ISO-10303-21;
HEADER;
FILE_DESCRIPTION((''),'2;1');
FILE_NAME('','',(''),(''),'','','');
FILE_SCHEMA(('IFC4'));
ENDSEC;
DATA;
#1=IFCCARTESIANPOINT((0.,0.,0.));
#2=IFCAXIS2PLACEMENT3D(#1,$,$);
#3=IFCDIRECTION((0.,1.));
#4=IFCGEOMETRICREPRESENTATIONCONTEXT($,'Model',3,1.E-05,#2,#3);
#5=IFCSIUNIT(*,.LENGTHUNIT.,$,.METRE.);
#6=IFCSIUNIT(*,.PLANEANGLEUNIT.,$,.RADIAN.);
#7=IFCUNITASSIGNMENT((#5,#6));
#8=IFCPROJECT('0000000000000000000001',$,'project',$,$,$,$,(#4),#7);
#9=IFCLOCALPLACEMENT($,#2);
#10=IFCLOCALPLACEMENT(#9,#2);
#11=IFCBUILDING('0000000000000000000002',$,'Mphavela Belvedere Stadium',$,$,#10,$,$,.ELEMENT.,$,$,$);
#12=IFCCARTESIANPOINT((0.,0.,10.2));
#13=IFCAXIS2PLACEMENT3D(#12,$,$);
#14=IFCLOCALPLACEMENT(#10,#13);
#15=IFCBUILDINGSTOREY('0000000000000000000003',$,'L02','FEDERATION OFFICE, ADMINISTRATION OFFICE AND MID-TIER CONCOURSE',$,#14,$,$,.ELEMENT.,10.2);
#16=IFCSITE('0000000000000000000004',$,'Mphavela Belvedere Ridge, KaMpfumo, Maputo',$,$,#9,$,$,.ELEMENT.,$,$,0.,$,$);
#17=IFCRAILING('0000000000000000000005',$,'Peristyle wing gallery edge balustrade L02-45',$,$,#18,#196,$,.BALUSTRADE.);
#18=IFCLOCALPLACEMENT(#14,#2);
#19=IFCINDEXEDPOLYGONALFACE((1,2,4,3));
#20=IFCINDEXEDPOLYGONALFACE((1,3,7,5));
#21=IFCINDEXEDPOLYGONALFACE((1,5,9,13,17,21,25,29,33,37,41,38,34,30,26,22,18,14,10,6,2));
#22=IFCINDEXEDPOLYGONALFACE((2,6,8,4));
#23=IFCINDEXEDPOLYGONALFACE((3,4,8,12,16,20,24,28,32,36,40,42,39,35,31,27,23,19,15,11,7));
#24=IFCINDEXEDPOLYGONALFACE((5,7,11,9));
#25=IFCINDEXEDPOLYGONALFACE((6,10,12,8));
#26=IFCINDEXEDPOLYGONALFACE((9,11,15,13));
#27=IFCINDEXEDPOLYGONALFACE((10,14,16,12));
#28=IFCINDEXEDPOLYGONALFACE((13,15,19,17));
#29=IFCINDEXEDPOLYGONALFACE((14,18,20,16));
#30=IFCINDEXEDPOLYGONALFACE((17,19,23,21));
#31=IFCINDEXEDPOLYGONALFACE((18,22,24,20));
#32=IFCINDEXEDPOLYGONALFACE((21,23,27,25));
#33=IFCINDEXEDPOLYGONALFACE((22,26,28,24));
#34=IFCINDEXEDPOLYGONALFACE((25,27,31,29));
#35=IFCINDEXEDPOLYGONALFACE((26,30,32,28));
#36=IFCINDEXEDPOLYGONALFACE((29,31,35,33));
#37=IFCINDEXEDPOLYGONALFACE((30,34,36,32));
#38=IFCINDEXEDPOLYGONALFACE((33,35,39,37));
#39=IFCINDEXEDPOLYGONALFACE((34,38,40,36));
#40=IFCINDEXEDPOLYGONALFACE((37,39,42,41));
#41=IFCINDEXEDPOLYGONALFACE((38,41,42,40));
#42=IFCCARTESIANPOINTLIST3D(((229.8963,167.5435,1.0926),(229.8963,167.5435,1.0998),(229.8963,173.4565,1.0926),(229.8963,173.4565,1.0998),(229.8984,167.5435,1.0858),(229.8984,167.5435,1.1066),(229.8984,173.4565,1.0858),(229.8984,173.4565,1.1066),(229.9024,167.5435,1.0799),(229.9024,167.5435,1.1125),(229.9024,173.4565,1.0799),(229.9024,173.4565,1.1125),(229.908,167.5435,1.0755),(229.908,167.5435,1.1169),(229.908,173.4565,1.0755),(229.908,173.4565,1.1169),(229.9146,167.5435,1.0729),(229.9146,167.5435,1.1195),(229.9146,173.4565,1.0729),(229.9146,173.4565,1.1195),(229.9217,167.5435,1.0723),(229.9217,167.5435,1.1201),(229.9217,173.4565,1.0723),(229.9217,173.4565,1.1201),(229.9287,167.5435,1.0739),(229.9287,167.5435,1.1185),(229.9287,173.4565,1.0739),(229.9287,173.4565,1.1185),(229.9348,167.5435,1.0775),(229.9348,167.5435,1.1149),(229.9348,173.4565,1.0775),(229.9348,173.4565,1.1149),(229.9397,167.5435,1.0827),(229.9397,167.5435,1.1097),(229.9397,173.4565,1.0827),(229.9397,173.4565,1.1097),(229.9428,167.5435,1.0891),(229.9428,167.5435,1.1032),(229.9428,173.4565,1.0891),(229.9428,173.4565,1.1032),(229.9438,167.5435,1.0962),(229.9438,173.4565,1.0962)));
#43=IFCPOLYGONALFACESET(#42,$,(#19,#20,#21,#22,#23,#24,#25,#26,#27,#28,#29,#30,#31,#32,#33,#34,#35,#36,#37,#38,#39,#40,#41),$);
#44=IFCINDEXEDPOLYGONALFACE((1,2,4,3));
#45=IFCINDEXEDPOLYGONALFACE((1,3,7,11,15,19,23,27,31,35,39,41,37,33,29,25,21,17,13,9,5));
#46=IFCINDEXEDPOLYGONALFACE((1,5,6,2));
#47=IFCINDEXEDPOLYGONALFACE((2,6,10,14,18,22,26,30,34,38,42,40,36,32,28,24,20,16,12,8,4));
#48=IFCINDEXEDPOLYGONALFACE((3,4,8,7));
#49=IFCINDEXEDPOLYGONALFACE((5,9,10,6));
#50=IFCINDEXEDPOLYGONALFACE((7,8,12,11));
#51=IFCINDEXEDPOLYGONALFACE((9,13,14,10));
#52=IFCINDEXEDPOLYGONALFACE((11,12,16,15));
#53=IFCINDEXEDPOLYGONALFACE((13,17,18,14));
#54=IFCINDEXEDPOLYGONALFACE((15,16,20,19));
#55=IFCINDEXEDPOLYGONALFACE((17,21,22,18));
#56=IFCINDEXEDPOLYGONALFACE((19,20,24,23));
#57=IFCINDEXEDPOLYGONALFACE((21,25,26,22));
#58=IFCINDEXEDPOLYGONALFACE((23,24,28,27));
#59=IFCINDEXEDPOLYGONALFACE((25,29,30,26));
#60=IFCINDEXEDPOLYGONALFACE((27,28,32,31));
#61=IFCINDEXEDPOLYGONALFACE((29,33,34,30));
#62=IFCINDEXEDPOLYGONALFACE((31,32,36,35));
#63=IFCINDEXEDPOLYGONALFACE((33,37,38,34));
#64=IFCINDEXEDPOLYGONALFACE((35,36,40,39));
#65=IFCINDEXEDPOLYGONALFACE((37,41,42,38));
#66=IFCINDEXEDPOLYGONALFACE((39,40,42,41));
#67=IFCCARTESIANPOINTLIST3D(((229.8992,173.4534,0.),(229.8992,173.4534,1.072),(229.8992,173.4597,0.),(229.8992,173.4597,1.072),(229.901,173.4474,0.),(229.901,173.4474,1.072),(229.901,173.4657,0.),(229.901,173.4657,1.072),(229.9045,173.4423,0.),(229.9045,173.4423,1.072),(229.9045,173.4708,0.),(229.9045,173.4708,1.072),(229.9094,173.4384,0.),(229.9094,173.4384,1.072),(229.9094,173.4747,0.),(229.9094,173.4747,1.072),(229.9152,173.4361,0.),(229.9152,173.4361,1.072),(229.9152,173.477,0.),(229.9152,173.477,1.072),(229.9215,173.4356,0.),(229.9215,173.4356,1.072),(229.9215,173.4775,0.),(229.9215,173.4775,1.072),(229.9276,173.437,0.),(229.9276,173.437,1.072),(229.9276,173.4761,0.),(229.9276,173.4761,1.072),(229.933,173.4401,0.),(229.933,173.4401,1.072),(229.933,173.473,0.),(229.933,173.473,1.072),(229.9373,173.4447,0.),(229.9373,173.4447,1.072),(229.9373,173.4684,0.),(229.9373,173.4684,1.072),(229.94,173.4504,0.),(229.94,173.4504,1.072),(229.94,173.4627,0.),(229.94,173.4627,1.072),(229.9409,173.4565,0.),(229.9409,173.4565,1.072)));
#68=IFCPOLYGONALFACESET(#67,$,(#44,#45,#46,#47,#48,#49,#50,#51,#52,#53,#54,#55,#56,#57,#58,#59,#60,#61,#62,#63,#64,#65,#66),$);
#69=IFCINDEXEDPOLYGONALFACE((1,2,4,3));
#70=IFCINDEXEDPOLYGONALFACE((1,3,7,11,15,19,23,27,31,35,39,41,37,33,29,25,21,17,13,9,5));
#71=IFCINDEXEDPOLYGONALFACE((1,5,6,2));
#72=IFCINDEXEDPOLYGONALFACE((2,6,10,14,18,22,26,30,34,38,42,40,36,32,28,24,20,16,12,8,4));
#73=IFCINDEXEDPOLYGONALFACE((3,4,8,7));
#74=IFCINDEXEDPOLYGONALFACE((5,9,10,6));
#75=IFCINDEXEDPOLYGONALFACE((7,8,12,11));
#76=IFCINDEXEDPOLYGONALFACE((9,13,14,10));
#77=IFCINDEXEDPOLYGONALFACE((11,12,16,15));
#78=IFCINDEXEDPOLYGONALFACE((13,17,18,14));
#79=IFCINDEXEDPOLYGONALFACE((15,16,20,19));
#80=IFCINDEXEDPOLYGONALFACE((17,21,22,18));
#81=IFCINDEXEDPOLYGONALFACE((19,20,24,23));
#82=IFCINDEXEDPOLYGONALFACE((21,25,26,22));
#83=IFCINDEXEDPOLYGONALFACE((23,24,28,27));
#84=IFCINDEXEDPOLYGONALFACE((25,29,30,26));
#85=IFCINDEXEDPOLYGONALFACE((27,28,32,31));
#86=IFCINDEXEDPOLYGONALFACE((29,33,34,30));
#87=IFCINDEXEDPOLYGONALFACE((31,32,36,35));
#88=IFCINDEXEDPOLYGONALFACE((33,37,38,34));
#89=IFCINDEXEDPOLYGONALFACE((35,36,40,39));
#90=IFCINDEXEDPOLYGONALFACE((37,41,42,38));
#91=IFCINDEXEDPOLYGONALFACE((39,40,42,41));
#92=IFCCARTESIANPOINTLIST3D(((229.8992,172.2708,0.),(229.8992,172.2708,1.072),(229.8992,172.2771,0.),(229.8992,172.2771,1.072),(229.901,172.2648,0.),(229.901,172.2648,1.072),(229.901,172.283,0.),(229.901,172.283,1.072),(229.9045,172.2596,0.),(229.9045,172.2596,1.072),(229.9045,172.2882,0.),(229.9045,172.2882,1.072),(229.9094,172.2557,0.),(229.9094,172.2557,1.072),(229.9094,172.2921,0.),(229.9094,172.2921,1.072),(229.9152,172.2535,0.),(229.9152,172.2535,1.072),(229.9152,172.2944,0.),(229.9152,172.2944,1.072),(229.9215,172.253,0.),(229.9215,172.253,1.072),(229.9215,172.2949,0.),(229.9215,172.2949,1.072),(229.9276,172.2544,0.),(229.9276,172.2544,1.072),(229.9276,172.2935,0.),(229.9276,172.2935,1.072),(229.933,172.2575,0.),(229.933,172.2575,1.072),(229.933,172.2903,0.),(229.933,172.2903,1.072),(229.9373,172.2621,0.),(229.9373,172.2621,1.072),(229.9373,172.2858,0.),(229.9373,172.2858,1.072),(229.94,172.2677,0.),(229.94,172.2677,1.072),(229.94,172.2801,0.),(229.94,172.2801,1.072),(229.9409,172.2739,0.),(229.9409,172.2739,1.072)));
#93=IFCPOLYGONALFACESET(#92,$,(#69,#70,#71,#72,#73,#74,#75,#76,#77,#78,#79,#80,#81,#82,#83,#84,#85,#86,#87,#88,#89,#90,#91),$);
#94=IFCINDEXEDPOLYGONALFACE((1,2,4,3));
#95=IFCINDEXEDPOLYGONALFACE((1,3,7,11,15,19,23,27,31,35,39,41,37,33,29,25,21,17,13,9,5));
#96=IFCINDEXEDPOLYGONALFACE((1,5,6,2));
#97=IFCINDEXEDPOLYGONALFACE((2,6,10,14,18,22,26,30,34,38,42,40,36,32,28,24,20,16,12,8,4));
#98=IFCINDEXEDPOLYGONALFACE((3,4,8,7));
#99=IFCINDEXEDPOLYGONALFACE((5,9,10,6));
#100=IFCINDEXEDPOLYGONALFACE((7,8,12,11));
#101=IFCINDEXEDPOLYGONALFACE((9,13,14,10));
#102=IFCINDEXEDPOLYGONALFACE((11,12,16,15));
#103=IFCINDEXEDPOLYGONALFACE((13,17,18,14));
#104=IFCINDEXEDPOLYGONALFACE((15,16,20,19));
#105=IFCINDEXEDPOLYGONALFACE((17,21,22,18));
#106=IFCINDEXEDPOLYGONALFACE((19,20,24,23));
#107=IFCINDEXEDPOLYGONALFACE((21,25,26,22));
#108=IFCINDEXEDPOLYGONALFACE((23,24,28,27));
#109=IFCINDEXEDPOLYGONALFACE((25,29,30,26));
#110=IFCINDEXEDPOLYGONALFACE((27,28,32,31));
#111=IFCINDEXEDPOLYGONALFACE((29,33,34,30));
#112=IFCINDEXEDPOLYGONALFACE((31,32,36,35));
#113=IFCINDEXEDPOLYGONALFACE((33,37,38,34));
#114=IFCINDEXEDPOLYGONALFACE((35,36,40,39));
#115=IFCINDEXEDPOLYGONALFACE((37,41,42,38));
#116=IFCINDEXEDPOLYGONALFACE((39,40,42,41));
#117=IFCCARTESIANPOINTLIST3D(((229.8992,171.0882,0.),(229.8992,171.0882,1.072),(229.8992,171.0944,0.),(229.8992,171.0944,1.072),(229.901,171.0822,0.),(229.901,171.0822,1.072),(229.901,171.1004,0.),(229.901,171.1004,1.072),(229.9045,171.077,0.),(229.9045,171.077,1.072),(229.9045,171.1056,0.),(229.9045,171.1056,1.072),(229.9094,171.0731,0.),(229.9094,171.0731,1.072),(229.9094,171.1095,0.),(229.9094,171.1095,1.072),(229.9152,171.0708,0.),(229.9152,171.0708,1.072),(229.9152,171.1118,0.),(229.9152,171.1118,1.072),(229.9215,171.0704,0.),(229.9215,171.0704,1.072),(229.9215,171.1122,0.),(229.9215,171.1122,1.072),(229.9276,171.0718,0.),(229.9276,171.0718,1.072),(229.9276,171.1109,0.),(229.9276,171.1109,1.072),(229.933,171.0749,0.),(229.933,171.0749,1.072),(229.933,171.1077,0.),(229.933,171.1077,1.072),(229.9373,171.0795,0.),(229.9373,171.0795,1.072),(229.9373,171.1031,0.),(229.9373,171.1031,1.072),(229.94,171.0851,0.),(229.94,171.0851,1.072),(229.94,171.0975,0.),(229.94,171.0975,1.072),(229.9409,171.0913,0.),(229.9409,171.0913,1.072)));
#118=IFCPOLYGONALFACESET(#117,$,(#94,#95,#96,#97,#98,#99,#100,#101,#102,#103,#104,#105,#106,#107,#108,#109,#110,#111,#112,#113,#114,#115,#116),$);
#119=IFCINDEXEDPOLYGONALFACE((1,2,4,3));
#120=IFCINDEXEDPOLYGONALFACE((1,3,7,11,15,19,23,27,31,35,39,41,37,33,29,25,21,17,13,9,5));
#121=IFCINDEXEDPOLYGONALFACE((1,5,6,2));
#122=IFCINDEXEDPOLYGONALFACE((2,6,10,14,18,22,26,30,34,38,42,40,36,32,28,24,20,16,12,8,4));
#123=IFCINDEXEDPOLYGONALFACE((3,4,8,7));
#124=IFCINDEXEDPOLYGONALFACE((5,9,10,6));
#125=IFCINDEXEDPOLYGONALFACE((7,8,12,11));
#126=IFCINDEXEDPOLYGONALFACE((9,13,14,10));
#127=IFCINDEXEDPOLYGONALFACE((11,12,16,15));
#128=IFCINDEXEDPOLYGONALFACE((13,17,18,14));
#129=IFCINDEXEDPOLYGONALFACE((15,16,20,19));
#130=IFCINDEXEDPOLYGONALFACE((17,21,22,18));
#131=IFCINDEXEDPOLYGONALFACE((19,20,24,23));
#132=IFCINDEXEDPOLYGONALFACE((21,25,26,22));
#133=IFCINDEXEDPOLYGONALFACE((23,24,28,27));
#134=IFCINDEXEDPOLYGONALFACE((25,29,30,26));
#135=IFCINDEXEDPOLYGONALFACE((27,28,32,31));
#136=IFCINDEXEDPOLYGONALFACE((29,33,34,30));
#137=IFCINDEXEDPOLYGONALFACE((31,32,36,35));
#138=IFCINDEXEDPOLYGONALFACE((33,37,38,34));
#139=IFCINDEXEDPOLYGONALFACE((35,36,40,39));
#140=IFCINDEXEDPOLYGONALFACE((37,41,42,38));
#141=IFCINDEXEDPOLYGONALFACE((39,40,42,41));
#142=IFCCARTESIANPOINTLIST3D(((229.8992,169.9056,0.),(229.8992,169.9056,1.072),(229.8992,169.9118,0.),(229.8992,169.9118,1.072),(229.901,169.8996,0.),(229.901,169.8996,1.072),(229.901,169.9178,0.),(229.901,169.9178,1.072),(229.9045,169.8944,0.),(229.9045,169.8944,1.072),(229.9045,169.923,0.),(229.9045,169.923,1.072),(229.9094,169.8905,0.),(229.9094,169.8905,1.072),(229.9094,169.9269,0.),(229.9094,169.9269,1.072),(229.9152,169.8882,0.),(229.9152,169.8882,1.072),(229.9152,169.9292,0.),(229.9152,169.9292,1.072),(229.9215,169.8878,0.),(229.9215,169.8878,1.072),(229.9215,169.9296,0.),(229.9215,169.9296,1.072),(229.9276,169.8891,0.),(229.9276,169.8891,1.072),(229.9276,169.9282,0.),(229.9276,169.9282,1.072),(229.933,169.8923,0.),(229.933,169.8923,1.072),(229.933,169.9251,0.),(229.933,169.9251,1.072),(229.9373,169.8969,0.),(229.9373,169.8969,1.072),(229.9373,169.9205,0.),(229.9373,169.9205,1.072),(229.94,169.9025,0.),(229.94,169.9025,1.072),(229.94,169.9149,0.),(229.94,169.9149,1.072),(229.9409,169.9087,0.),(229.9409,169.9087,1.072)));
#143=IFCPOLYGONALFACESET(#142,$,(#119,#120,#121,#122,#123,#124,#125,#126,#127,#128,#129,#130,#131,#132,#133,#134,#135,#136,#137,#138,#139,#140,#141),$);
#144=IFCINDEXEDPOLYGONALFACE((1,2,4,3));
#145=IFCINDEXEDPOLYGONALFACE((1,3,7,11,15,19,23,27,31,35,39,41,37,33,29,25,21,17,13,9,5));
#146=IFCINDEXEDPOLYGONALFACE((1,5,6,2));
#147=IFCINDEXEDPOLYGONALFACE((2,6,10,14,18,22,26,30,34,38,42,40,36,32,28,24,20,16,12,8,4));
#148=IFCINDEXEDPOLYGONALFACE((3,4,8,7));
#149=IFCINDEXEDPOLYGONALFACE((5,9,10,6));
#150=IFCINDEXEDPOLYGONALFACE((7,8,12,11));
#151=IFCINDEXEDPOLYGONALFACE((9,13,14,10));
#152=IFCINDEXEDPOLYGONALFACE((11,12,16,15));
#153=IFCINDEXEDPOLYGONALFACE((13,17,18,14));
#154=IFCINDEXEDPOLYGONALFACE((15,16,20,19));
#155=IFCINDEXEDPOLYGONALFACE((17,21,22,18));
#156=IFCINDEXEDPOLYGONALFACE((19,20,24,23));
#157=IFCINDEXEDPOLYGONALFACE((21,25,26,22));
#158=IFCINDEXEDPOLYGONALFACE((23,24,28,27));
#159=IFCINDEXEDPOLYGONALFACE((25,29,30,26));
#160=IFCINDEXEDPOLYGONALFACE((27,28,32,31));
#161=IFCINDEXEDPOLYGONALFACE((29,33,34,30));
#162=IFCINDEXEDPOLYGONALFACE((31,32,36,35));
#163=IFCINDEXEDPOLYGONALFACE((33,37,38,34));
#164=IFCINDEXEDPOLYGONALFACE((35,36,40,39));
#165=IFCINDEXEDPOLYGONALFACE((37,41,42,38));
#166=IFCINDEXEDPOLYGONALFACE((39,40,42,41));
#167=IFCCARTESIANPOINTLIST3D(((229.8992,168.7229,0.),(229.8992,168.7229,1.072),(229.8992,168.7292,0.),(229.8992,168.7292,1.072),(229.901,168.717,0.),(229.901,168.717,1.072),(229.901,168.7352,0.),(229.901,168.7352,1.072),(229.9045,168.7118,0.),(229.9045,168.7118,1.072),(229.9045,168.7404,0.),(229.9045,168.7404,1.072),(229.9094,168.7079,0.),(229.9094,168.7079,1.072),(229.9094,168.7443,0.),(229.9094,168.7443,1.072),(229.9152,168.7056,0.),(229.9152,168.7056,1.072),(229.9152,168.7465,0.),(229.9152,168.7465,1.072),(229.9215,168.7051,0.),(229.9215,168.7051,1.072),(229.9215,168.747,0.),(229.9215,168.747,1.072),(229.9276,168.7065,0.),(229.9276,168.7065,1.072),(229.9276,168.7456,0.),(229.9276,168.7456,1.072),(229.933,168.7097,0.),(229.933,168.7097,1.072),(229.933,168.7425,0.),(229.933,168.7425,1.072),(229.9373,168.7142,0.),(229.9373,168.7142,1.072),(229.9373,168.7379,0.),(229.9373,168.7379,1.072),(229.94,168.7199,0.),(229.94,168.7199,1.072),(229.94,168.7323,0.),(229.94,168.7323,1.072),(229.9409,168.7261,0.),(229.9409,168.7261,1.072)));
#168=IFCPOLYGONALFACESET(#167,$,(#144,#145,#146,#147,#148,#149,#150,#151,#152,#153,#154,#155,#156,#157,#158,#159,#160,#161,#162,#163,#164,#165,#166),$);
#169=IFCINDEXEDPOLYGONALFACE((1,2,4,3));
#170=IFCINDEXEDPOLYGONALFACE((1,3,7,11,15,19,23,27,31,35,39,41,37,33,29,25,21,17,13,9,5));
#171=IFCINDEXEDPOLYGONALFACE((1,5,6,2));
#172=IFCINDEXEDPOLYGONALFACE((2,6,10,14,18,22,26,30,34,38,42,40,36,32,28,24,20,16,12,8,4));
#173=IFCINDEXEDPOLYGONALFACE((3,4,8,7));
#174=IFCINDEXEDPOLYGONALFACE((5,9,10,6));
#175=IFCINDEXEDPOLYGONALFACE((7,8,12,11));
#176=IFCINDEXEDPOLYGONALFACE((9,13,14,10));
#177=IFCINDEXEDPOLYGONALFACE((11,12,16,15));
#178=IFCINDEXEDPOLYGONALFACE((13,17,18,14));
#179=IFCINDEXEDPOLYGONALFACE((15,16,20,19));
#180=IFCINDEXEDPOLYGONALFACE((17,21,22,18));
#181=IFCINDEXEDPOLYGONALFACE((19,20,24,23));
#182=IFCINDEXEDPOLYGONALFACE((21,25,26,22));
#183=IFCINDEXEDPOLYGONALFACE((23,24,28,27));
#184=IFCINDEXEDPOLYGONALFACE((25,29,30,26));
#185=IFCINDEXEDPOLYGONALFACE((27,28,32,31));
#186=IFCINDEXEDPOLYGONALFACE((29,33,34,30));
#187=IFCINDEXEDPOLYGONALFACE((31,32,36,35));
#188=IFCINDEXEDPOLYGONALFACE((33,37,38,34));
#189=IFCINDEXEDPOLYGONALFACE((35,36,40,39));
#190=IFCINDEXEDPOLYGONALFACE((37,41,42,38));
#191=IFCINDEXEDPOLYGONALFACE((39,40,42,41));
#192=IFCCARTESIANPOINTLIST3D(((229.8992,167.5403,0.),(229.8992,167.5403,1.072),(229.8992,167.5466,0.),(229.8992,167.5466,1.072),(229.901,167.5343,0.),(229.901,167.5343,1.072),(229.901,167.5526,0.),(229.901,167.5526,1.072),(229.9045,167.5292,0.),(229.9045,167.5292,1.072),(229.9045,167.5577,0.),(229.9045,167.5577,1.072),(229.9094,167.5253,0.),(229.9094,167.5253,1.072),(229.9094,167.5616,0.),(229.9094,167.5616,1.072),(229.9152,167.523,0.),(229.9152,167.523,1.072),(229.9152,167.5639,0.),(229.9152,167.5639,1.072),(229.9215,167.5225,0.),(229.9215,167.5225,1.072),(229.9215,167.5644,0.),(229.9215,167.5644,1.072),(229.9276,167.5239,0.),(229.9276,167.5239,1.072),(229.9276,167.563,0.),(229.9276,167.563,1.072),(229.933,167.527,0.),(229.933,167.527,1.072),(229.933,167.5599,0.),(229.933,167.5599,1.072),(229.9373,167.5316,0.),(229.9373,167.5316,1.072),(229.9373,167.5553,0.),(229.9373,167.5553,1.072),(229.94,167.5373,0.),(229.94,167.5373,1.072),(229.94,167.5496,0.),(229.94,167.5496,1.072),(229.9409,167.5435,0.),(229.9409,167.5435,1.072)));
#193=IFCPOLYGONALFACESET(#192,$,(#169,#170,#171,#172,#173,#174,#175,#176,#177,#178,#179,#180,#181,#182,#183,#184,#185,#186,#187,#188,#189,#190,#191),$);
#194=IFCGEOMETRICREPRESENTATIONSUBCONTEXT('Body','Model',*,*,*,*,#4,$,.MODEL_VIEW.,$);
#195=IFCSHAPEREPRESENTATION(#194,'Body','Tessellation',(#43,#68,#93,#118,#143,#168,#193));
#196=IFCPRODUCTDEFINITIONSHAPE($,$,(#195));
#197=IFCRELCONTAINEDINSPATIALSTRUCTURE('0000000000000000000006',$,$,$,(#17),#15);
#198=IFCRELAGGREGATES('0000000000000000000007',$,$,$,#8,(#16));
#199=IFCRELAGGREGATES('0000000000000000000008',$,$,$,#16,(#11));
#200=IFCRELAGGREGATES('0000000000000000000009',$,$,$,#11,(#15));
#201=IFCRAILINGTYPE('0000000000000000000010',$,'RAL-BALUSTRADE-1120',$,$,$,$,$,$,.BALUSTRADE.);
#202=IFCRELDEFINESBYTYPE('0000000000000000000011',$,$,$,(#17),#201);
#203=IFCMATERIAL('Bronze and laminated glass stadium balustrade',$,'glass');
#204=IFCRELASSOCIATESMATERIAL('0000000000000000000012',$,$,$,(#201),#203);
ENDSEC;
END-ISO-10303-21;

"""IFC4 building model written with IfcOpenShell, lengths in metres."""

from ifc_helpers import new_model, si_unit, direction, frame, origin, origin_2d, place, context, subcontext, project, spatial, circle, extrude, material, type_object, element, save


model = new_model("IFC4")

# Units and contexts
model_context = context("Model", 3, precision=1e-05, world=origin(), true_north=direction((0.0, 1.0)))
body_context = subcontext(model_context, "Body", "Model", "MODEL_VIEW")
ifc_project = project(units=[si_unit("LENGTHUNIT", "METRE"), si_unit("PLANEANGLEUNIT", "RADIAN")], contexts=[model_context])

# Site, building, storey
site_placement = place(None, origin())
site = spatial("IfcSite", under=ifc_project, at=site_placement, Name="Mphavela Belvedere Ridge, KaMpfumo, Maputo", CompositionType="ELEMENT", RefElevation=0.0)
building_placement = place(site_placement, origin())
building = spatial("IfcBuilding", under=site, at=building_placement, Name="Mphavela Belvedere Stadium", CompositionType="ELEMENT")
storey_placement = place(building_placement, frame((0.0, 0.0, 10.2)))
storey = spatial("IfcBuildingStorey", under=building, at=storey_placement, Name="L02", Description="FEDERATION OFFICE, ADMINISTRATION OFFICE AND MID-TIER CONCOURSE", CompositionType="ELEMENT", Elevation=10.2)

# Railing
ifc_material_1 = material(Name="Bronze and laminated glass stadium balustrade", Category="glass")
railing_type = type_object("IfcRailingType", Name="RAL-BALUSTRADE-1120", PredefinedType="BALUSTRADE", material=ifc_material_1)
for number, where, name in (
    (1, (229.9199, 173.4565, 0.0), "Peristyle wing gallery edge balustrade L02-45"),
):
    element("IfcRailing", number, at=place(storey_placement, frame(where)), inside=storey, type_object=railing_type, Name=name, PredefinedType="BALUSTRADE", context=body_context, shape_type="SweptSolid", body=[
        extrude(circle(Radius=0.0239, at=origin_2d()), frame((0.0, 0.0, 1.0962), z_axis=(0.0, -1.0, 0.0), x_axis=(1.0, 0.0, 0.0)), (0.0, 0.0, 1.0), 5.9131),
        extrude(circle(Radius=0.021, at=origin_2d()), origin(), (0.0, 0.0, 1.0), 1.072),
        extrude(circle(Radius=0.021, at=origin_2d()), frame((0.0, -1.1826, 0.0)), (0.0, 0.0, 1.0), 1.072),
        extrude(circle(Radius=0.021, at=origin_2d()), frame((0.0, -2.3652, 0.0)), (0.0, 0.0, 1.0), 1.072),
        extrude(circle(Radius=0.021, at=origin_2d()), frame((0.0, -3.5479, 0.0)), (0.0, 0.0, 1.0), 1.072),
        extrude(circle(Radius=0.021, at=origin_2d()), frame((0.0, -4.7305, 0.0)), (0.0, 0.0, 1.0), 1.072),
        extrude(circle(Radius=0.021, at=origin_2d()), frame((0.0, -5.9131, 0.0)), (0.0, 0.0, 1.0), 1.072),
    ])

save(model, "model.ifc")
